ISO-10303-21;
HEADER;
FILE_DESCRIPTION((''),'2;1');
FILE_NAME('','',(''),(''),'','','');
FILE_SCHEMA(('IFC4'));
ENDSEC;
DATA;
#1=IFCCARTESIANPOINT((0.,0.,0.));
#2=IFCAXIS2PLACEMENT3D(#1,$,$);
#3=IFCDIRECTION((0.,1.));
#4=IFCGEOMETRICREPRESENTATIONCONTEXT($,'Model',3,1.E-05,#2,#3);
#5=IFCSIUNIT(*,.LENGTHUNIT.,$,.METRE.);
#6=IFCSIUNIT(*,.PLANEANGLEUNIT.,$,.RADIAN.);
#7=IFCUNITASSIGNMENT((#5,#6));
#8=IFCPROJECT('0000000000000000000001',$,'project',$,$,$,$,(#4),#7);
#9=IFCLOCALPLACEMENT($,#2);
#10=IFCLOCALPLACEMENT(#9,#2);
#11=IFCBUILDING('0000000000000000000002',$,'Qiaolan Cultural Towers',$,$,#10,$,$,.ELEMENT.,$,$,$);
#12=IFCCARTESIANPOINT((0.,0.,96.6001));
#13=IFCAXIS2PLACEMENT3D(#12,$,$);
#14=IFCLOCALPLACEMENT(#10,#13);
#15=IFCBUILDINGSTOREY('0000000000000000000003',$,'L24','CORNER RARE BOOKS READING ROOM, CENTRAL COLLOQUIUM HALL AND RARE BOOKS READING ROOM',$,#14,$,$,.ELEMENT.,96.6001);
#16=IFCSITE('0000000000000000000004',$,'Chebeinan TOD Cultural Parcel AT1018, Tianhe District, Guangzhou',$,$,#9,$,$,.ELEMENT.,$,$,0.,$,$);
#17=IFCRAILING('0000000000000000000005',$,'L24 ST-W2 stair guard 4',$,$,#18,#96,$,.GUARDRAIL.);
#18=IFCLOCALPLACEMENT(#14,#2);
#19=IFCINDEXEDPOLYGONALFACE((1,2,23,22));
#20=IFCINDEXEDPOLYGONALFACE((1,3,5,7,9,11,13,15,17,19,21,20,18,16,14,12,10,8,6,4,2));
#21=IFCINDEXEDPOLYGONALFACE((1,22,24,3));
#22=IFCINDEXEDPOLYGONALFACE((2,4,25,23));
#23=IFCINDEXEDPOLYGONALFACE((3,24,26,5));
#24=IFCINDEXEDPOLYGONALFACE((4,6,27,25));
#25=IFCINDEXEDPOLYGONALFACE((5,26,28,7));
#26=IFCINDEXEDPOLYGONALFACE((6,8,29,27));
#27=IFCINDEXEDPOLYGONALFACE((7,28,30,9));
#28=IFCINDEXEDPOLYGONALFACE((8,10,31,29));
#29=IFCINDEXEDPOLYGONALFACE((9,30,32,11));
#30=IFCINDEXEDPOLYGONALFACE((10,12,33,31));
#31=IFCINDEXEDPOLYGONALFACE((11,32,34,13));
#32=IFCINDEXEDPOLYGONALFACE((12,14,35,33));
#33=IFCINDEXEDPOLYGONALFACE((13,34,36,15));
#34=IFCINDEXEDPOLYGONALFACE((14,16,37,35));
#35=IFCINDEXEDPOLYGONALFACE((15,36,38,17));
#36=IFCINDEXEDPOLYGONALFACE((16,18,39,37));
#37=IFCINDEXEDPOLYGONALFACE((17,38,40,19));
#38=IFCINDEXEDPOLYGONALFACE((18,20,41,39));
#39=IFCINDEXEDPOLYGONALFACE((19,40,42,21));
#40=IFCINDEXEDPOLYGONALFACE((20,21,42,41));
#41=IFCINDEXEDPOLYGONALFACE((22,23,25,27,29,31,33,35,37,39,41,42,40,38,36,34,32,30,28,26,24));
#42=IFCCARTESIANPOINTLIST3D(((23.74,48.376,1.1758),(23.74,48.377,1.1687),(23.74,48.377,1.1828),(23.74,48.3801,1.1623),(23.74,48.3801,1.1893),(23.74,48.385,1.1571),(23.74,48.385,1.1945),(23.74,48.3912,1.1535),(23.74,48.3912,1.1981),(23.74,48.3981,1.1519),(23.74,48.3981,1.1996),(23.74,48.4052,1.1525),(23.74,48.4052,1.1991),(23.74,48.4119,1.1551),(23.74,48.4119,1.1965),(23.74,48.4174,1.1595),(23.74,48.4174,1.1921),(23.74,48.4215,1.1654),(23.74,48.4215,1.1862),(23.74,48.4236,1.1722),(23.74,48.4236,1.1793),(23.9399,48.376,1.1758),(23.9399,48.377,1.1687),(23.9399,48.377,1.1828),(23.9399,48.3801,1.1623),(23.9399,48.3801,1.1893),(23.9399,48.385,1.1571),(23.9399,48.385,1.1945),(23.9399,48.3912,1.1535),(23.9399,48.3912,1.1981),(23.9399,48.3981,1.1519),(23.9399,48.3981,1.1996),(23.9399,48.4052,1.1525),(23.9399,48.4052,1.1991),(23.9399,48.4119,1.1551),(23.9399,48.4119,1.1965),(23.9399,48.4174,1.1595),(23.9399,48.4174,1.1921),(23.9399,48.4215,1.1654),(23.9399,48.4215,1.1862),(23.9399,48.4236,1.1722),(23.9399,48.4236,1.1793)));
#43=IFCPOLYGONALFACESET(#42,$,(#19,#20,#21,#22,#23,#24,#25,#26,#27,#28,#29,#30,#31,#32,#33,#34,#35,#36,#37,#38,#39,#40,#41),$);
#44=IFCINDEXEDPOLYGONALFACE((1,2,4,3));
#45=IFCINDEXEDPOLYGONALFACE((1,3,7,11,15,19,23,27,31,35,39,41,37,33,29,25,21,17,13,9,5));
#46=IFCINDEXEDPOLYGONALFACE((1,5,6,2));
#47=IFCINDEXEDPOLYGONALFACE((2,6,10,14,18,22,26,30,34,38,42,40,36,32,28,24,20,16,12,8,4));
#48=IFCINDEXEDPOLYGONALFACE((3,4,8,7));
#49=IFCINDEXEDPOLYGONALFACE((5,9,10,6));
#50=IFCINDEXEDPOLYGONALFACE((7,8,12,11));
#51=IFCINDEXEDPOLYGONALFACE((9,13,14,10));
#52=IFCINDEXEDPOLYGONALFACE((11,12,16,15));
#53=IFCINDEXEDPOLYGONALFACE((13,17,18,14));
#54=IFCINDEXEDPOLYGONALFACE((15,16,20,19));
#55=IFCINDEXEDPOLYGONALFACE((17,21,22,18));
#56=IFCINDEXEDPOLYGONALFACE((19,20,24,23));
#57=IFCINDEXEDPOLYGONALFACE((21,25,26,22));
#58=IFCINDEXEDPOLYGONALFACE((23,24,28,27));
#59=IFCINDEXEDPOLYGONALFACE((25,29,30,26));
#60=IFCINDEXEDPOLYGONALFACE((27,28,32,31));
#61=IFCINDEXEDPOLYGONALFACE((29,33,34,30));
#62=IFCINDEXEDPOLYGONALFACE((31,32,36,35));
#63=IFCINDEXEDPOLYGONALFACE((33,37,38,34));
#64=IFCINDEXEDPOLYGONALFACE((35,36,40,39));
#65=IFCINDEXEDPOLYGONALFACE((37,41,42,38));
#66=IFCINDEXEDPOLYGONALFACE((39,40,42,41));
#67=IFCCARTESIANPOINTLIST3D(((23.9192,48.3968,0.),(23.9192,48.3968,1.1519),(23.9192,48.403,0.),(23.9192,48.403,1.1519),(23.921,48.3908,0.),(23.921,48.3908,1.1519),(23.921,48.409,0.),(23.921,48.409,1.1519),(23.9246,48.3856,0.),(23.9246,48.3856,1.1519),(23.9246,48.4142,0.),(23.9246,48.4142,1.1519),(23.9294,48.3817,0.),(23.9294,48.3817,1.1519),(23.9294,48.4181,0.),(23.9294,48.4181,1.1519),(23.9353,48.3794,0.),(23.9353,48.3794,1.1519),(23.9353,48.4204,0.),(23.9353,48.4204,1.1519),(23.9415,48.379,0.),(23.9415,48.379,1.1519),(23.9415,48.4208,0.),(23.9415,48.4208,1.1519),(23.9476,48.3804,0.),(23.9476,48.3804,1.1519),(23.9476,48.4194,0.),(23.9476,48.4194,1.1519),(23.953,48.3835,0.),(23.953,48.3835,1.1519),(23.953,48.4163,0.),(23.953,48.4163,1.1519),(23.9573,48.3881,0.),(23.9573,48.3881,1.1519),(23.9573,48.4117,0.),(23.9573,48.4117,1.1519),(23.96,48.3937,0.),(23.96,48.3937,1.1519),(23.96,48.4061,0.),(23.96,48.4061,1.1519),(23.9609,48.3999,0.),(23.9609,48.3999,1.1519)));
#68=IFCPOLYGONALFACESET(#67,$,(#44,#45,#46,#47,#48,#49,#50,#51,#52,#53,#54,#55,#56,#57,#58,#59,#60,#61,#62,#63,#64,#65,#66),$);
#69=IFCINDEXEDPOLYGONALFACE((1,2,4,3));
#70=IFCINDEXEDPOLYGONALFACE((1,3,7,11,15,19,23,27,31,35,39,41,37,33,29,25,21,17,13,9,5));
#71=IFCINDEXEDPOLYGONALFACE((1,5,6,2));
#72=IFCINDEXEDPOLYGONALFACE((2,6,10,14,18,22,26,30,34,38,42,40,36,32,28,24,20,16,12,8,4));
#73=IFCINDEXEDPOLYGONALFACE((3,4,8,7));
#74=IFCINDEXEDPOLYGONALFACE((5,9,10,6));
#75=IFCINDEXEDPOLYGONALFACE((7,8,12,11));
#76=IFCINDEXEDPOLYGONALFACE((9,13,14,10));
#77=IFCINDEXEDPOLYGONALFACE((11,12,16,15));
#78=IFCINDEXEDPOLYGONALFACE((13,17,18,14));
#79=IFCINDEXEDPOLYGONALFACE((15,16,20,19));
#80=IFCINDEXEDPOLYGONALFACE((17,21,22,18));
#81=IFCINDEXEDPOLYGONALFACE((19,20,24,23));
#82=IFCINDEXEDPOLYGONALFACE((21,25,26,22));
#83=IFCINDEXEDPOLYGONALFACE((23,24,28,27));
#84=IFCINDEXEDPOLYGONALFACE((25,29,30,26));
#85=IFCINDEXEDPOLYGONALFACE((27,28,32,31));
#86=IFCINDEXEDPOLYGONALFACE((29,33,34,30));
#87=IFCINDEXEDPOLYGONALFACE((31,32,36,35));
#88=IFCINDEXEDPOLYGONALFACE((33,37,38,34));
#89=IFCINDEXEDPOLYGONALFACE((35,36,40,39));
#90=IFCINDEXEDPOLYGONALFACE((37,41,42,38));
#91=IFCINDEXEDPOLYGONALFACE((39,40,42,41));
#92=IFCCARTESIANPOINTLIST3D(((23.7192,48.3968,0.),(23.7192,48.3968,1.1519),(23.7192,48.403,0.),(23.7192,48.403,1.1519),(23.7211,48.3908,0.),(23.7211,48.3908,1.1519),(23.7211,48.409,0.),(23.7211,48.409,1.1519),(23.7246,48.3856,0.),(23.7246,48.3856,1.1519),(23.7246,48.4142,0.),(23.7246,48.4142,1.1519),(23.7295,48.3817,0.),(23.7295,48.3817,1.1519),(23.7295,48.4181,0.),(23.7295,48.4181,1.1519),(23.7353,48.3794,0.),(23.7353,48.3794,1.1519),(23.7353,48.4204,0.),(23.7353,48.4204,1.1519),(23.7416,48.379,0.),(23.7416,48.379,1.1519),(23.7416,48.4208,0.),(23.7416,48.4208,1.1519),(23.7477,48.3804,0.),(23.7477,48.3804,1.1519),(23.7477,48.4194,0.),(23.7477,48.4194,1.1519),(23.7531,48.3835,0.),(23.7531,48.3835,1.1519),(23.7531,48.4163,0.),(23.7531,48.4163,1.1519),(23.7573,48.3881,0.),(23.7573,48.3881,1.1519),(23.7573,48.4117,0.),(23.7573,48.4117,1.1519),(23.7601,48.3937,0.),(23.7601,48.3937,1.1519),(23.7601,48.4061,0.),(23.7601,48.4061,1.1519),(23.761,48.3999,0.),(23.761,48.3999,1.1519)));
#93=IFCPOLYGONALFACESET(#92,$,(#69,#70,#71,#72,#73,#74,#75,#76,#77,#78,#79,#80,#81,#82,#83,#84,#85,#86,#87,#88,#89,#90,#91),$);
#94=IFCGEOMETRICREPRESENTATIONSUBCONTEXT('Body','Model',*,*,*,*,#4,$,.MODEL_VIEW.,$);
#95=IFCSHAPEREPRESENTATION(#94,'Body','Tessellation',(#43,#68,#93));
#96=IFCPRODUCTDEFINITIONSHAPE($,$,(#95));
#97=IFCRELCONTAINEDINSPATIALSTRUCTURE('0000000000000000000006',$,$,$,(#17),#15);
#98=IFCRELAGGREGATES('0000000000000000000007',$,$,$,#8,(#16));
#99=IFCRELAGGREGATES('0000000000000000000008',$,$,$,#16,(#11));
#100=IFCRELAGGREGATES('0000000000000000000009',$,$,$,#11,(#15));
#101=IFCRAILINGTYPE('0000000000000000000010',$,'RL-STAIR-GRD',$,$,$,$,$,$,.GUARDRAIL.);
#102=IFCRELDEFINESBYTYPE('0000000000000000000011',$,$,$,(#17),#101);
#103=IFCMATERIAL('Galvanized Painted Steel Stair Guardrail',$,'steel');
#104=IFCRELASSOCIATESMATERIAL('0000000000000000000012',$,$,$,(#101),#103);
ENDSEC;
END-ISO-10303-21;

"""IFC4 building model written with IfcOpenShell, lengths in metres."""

from ifc_helpers import new_model, si_unit, direction, frame, origin, origin_2d, place, context, subcontext, project, spatial, circle, extrude, material, type_object, element, save


model = new_model("IFC4")

# Units and contexts
model_context = context("Model", 3, precision=1e-05, world=origin(), true_north=direction((0.0, 1.0)))
body_context = subcontext(model_context, "Body", "Model", "MODEL_VIEW")
ifc_project = project(units=[si_unit("LENGTHUNIT", "METRE"), si_unit("PLANEANGLEUNIT", "RADIAN")], contexts=[model_context])

# Site, building, storey
site_placement = place(None, origin())
site = spatial("IfcSite", under=ifc_project, at=site_placement, Name="Chebeinan TOD Cultural Parcel AT1018, Tianhe District, Guangzhou", CompositionType="ELEMENT", RefElevation=0.0)
building_placement = place(site_placement, origin())
building = spatial("IfcBuilding", under=site, at=building_placement, Name="Qiaolan Cultural Towers", CompositionType="ELEMENT")
storey_placement = place(building_placement, frame((0.0, 0.0, 96.6001)))
storey = spatial("IfcBuildingStorey", under=building, at=storey_placement, Name="L24", Description="CORNER RARE BOOKS READING ROOM, CENTRAL COLLOQUIUM HALL AND RARE BOOKS READING ROOM", CompositionType="ELEMENT", Elevation=96.6001)

# Railing
ifc_material_1 = material(Name="Galvanized Painted Steel Stair Guardrail", Category="steel")
railing_type_1 = type_object("IfcRailingType", Name="RL-STAIR-GRD", PredefinedType="GUARDRAIL", material=ifc_material_1)
railing_1_placement = place(storey_placement, frame((23.9399, 48.3999, 0.0)))
element("IfcRailing", 1, at=railing_1_placement, inside=storey, type_object=railing_type_1, Name="L24 ST-W2 stair guard 4", PredefinedType="GUARDRAIL", context=body_context, shape_type="SweptSolid", body=[
    extrude(circle(Radius=0.0239, at=origin_2d()), frame((0.0, 0.0, 1.1758), z_axis=(-1.0, 0.0, 0.0), x_axis=(0.0, -1.0, 0.0)), (0.0, 0.0, 1.0), 0.2),
    extrude(circle(Radius=0.021, at=origin_2d()), origin(), (0.0, 0.0, 1.0), 1.1519),
    extrude(circle(Radius=0.021, at=origin_2d()), frame((-0.2, 0.0, 0.0)), (0.0, 0.0, 1.0), 1.1519),
])

save(model, "model.ifc")
